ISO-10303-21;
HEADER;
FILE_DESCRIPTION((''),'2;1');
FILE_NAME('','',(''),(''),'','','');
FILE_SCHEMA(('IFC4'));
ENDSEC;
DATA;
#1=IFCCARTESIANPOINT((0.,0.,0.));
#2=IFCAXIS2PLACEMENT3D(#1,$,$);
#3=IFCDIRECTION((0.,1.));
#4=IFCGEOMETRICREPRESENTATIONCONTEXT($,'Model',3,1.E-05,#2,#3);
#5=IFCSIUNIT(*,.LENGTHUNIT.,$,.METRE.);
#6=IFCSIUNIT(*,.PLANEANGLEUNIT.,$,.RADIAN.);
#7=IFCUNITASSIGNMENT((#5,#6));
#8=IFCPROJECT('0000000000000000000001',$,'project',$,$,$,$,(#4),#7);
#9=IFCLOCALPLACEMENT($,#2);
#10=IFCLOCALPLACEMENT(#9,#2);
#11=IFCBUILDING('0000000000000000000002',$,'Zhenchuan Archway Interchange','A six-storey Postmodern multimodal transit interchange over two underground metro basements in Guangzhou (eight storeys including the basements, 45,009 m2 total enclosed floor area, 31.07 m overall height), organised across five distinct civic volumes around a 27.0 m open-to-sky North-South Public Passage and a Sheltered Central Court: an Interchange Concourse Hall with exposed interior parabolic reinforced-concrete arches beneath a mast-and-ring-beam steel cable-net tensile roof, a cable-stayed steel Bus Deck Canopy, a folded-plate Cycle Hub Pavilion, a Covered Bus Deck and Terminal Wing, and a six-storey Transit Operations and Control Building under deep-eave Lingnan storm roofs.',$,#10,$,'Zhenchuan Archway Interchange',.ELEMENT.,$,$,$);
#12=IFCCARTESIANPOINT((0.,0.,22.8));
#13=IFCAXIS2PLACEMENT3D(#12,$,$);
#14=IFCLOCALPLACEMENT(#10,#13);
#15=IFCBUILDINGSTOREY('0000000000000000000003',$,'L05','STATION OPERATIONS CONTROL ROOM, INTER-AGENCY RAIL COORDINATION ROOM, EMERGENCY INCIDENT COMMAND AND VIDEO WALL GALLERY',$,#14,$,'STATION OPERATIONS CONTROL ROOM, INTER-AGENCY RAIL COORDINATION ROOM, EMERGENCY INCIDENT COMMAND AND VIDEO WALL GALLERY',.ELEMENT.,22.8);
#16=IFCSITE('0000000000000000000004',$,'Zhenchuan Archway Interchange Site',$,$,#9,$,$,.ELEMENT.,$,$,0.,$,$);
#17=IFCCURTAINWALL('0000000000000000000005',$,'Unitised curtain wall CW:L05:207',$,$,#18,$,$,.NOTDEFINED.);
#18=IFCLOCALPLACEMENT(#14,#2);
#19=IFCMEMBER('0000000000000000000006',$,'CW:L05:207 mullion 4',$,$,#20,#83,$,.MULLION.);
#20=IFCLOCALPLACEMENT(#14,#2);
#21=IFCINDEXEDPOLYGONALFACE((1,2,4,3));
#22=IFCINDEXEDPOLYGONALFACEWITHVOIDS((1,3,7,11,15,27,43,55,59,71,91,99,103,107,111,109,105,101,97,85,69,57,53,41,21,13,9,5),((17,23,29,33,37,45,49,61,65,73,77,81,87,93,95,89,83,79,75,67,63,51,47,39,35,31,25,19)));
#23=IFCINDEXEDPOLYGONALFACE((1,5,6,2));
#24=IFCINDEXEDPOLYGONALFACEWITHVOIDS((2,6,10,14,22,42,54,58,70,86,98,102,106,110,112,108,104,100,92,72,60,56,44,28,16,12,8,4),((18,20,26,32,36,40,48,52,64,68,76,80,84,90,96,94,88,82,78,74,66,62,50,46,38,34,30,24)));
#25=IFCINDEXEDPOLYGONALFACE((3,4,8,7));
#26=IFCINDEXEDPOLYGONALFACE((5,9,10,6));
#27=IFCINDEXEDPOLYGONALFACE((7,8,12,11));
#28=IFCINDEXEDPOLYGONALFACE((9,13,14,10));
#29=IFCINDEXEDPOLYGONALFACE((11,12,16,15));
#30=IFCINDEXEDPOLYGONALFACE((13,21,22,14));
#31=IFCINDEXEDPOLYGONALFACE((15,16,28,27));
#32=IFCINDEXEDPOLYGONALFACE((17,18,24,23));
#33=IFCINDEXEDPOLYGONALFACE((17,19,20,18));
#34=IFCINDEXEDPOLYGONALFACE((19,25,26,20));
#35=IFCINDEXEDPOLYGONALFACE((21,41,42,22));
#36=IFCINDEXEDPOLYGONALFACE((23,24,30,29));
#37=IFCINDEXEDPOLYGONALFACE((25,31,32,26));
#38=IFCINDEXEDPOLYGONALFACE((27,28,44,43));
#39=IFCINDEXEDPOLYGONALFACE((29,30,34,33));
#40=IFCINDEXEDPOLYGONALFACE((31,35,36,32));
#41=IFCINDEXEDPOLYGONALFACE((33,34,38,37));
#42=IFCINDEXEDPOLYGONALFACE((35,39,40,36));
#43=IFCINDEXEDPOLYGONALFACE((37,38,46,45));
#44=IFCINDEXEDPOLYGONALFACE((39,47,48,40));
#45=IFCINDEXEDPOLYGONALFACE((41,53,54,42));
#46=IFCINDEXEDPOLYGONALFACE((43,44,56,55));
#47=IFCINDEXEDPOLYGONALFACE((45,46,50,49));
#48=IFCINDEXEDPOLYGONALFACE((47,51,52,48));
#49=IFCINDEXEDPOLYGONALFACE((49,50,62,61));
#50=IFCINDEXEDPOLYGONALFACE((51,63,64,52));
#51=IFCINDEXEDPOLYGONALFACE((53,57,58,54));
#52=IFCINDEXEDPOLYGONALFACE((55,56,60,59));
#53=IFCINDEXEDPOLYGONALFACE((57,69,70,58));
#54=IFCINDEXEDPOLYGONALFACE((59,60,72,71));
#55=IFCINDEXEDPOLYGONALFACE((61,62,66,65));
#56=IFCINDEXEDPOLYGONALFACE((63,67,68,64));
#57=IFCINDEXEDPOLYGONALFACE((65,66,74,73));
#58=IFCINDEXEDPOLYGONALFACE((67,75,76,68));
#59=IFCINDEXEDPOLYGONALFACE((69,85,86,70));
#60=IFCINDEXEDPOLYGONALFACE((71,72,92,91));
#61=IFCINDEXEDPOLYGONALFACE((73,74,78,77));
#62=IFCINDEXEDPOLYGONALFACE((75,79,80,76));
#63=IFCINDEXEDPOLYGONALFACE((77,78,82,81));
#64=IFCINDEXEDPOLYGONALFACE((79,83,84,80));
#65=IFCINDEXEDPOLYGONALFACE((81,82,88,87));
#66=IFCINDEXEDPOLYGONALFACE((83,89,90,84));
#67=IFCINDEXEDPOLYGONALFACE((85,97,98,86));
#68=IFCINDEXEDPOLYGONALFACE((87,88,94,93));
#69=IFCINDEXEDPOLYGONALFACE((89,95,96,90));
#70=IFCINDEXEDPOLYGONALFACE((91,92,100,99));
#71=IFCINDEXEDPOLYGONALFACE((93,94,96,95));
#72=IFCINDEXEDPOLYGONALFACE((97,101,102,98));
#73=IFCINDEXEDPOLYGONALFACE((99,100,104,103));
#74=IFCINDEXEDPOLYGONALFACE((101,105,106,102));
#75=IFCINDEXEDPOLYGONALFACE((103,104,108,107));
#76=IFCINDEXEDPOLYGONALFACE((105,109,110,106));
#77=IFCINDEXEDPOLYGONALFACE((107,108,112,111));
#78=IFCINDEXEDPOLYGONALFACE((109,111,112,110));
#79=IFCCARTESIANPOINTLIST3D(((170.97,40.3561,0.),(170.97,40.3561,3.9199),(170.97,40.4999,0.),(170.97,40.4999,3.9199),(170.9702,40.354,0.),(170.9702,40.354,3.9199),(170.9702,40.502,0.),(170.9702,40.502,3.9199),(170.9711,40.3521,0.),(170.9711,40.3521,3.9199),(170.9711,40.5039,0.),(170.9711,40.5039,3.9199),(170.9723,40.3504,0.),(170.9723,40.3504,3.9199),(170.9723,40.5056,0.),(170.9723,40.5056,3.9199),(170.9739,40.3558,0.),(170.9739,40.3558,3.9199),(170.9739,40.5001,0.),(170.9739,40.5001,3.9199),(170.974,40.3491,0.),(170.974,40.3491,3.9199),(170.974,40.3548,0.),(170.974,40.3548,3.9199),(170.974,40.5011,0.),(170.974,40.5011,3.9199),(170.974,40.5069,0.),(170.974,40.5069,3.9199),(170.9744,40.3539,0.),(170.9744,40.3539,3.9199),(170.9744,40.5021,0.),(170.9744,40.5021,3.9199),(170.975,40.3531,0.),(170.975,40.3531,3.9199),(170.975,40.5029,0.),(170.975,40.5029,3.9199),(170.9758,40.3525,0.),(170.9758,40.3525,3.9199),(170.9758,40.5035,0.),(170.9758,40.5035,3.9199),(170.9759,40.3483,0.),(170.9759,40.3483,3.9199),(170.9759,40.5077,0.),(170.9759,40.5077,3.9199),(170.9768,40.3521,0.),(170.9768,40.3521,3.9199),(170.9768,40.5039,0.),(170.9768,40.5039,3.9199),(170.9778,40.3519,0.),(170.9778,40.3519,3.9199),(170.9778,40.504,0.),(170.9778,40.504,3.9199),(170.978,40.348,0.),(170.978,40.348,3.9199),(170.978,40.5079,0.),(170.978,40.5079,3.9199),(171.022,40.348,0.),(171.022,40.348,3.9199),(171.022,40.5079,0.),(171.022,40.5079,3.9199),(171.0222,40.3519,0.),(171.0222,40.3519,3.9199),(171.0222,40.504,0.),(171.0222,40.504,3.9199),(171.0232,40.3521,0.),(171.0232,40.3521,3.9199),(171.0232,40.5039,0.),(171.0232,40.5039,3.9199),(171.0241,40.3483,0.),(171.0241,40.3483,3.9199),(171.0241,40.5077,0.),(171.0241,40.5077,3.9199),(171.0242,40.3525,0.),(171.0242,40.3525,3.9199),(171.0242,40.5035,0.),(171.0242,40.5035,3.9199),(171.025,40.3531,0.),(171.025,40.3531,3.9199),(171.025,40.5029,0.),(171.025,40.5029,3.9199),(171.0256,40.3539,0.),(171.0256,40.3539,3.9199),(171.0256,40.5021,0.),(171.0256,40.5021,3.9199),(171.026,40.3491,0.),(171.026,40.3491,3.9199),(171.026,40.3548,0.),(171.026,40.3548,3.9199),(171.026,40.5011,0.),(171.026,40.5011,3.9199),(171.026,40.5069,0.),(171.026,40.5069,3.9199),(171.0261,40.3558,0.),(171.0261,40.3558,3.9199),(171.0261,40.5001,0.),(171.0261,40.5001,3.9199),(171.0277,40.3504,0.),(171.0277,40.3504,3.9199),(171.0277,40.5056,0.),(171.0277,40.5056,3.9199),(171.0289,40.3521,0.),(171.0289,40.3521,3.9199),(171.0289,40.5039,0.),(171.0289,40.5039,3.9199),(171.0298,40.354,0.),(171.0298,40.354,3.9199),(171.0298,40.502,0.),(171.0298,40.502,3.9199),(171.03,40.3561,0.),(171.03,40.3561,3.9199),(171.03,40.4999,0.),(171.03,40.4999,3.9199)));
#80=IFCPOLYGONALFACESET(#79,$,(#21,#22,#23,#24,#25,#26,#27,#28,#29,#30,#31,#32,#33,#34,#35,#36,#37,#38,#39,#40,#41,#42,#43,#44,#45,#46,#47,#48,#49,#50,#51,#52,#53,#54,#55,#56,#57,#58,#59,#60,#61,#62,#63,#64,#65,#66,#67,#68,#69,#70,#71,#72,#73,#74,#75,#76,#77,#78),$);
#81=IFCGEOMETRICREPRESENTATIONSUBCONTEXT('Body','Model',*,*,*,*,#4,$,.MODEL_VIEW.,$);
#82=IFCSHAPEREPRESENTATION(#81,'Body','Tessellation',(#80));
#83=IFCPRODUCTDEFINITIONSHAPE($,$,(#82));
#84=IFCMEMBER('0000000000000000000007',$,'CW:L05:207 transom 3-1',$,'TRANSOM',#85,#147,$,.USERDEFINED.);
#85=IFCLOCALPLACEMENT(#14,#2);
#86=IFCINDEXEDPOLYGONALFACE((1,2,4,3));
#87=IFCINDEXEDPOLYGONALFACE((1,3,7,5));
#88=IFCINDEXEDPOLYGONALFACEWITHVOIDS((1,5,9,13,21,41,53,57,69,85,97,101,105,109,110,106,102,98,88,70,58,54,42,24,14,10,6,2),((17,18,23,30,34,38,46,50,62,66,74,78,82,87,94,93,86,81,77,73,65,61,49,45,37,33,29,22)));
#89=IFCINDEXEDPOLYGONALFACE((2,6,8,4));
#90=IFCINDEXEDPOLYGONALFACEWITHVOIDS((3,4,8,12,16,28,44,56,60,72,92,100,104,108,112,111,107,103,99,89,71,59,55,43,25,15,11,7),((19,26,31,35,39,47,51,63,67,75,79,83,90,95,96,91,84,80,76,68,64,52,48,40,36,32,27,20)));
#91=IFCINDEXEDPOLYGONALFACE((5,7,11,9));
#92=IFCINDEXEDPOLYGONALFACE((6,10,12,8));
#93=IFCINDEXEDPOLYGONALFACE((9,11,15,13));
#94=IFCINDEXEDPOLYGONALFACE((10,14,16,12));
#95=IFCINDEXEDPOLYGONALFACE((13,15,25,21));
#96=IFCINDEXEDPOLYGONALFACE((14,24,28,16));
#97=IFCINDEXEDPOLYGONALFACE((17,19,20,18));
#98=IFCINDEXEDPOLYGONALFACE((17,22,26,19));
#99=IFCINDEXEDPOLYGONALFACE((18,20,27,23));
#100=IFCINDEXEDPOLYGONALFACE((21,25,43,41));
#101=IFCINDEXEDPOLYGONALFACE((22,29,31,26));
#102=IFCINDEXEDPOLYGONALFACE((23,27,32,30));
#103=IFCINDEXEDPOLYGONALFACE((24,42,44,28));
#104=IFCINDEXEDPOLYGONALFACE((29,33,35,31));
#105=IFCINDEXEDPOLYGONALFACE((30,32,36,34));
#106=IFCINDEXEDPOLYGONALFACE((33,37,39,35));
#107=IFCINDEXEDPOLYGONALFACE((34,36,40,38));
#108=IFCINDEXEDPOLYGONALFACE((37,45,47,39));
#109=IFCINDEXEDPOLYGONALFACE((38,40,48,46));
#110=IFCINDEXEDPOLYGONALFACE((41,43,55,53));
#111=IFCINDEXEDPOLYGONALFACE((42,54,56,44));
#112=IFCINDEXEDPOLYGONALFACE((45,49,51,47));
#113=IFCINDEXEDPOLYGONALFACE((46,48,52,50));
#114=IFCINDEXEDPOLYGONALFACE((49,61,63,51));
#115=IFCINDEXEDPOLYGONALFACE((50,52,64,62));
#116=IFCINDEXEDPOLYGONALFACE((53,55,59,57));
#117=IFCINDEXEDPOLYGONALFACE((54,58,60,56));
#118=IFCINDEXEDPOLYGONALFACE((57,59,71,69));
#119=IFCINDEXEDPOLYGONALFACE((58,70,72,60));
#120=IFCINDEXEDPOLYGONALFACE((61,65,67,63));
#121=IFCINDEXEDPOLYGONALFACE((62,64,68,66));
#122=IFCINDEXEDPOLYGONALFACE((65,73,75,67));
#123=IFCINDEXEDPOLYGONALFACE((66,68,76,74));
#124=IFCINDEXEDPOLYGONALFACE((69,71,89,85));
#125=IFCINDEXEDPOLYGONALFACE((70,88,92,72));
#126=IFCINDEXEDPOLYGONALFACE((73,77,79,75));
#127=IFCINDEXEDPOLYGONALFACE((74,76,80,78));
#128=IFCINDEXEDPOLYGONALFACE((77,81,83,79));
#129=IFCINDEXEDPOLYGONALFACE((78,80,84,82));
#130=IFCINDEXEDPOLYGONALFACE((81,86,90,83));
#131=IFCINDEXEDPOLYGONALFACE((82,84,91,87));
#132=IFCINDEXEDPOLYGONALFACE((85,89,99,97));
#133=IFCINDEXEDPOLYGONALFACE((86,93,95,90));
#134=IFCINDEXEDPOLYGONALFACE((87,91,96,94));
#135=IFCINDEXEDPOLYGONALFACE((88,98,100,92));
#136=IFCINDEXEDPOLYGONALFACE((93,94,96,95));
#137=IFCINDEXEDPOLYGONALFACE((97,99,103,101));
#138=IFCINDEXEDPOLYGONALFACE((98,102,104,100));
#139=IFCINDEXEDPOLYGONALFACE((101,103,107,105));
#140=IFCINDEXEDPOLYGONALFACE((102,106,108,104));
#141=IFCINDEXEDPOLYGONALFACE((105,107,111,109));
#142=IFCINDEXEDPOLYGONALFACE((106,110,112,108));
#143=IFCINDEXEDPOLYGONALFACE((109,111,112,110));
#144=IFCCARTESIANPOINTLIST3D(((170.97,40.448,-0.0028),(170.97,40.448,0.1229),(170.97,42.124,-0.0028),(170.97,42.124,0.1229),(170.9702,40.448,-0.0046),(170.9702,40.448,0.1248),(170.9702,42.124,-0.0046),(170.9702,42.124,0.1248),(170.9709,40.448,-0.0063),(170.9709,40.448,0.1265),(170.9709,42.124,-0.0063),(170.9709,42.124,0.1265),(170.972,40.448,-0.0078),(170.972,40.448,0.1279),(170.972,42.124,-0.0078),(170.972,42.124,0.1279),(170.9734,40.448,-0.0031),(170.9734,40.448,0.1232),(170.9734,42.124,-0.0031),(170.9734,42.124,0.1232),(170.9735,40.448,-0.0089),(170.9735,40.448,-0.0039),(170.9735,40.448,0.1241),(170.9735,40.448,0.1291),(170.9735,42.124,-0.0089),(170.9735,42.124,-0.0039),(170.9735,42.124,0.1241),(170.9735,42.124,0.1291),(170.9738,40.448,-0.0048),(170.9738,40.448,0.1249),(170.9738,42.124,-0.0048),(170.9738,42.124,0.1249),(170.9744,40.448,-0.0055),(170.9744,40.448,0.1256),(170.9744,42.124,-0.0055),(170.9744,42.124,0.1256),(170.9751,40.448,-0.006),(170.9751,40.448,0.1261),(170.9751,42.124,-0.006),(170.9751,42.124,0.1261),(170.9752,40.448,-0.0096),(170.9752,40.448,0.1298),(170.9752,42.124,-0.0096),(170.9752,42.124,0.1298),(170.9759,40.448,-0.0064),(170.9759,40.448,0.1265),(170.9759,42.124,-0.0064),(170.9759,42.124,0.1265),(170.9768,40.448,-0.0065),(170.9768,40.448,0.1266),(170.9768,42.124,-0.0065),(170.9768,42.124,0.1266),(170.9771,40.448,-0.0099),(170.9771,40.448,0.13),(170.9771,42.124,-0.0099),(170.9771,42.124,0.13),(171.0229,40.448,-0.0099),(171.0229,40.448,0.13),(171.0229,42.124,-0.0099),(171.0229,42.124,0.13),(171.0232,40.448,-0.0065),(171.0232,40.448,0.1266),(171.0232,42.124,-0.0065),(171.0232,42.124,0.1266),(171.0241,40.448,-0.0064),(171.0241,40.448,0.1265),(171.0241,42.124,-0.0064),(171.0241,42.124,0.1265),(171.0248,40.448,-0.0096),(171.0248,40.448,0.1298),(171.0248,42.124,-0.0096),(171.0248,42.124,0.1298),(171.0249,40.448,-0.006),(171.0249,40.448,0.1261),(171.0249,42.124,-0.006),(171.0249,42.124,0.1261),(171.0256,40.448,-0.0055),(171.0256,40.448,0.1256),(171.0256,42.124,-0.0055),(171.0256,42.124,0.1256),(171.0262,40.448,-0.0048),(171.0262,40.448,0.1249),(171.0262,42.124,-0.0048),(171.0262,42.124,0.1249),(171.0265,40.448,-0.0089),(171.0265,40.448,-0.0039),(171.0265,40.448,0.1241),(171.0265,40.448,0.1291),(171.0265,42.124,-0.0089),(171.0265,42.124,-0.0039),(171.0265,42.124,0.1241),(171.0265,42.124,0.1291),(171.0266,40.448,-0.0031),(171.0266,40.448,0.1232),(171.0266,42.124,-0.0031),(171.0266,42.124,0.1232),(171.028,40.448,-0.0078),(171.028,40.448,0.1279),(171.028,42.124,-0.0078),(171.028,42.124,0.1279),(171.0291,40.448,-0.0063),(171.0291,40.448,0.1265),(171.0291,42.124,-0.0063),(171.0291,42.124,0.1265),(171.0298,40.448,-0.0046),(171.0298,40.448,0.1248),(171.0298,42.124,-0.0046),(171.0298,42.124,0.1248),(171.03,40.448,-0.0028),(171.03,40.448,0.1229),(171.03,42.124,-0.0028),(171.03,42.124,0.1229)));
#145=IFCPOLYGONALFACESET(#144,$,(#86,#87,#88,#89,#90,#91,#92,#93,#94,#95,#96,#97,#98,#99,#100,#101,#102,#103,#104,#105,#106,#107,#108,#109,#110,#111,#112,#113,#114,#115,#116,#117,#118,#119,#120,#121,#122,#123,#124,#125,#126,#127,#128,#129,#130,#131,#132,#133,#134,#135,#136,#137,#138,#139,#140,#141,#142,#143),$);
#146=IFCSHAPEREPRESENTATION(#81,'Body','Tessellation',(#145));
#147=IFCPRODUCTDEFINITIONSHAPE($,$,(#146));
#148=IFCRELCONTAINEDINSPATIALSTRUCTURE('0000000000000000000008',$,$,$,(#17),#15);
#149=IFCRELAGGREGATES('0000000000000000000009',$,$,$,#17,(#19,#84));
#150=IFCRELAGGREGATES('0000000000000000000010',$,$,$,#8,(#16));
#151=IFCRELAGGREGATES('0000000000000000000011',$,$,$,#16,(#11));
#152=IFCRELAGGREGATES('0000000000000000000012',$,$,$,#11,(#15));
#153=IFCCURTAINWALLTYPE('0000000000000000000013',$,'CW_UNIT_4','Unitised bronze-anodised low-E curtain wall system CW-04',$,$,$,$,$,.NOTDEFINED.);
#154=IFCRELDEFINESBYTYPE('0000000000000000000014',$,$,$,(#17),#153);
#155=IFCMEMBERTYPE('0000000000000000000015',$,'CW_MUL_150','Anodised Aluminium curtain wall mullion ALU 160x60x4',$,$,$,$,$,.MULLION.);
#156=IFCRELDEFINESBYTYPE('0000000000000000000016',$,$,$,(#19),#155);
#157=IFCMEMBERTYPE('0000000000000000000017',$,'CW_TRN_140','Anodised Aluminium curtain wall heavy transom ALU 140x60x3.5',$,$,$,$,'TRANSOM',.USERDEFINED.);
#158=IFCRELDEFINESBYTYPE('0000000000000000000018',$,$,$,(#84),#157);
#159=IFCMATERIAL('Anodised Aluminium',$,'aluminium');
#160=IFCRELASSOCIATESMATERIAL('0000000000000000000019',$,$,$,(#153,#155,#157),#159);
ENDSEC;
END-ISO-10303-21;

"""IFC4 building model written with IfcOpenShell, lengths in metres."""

from ifc_helpers import new_model, si_unit, direction, frame, origin, origin_2d, place, context, subcontext, project, spatial, hollow_rectangle, extrude, material, material_profile, profile_set, type_object, element, aggregate, save


model = new_model("IFC4")

# Units and contexts
model_context = context("Model", 3, precision=1e-05, world=origin(), true_north=direction((0.0, 1.0)))
body_context = subcontext(model_context, "Body", "Model", "MODEL_VIEW")
ifc_project = project(units=[si_unit("LENGTHUNIT", "METRE"), si_unit("PLANEANGLEUNIT", "RADIAN")], contexts=[model_context])

# Site, building, storey
site_placement = place(None, origin())
site = spatial("IfcSite", under=ifc_project, at=site_placement, Name="Zhenchuan Archway Interchange Site", CompositionType="ELEMENT", RefElevation=0.0)
building_placement = place(site_placement, origin())
building = spatial("IfcBuilding", under=site, at=building_placement, Name="Zhenchuan Archway Interchange", Description="A six-storey Postmodern multimodal transit interchange over two underground metro basements in Guangzhou (eight storeys including the basements, 45,009 m2 total enclosed floor area, 31.07 m overall height), organised across five distinct civic volumes around a 27.0 m open-to-sky North-South Public Passage and a Sheltered Central Court: an Interchange Concourse Hall with exposed interior parabolic reinforced-concrete arches beneath a mast-and-ring-beam steel cable-net tensile roof, a cable-stayed steel Bus Deck Canopy, a folded-plate Cycle Hub Pavilion, a Covered Bus Deck and Terminal Wing, and a six-storey Transit Operations and Control Building under deep-eave Lingnan storm roofs.", LongName="Zhenchuan Archway Interchange", CompositionType="ELEMENT")
storey_placement = place(building_placement, frame((0.0, 0.0, 22.8)))
storey = spatial("IfcBuildingStorey", under=building, at=storey_placement, Name="L05", Description="STATION OPERATIONS CONTROL ROOM, INTER-AGENCY RAIL COORDINATION ROOM, EMERGENCY INCIDENT COMMAND AND VIDEO WALL GALLERY", LongName="STATION OPERATIONS CONTROL ROOM, INTER-AGENCY RAIL COORDINATION ROOM, EMERGENCY INCIDENT COMMAND AND VIDEO WALL GALLERY", CompositionType="ELEMENT", Elevation=22.8)

# Curtain wall, members
ifc_material_1 = material(Name="Anodised Aluminium", Category="aluminium")
curtain_wall_type = type_object("IfcCurtainWallType", Name="CW_UNIT_4", Description="Unitised bronze-anodised low-E curtain wall system CW-04", PredefinedType="NOTDEFINED", material=ifc_material_1)
curtain_wall_placement = place(storey_placement, origin())
curtain_wall = element("IfcCurtainWall", 1, at=curtain_wall_placement, inside=storey, type_object=curtain_wall_type, Name="Unitised curtain wall CW:L05:207", PredefinedType="NOTDEFINED")
ifc_material_profile_1 = material_profile(ifc_material_1, hollow_rectangle(XDim=0.0601, YDim=0.1599, WallThickness=0.0039, InnerFilletRadius=0.0039, OuterFilletRadius=0.0081, at=origin_2d()), Name="ALU 160x60x4")
ifc_profile_set_1 = profile_set([ifc_material_profile_1], Name="Anodised Aluminium")
member_type_1 = type_object("IfcMemberType", Name="CW_MUL_150", Description="Anodised Aluminium curtain wall mullion ALU 160x60x4", PredefinedType="MULLION", material=ifc_profile_set_1)
member_1_placement = place(storey_placement, frame((171.0, 40.428, 0.0), z_axis=(0.0, 0.0, 1.0), x_axis=(1.0, 0.0, 0.0)))
member_1 = element("IfcMember", 2, at=member_1_placement, type_object=member_type_1, Name="CW:L05:207 mullion 4", PredefinedType="MULLION", context=body_context, shape_type="SweptSolid", body=[
    extrude(hollow_rectangle(XDim=0.0601, YDim=0.1599, WallThickness=0.0039, InnerFilletRadius=0.0039, OuterFilletRadius=0.0081, at=origin_2d()), origin(), (0.0, 0.0, 1.0), 3.9199),
])
ifc_material_profile_2 = material_profile(ifc_material_1, hollow_rectangle(XDim=0.0601, YDim=0.1399, WallThickness=0.0034, InnerFilletRadius=0.0034, OuterFilletRadius=0.0071, at=origin_2d()), Name="ALU 140x60x3.5")
ifc_profile_set_2 = profile_set([ifc_material_profile_2], Name="Anodised Aluminium")
member_type_2 = type_object("IfcMemberType", Name="CW_TRN_140", Description="Anodised Aluminium curtain wall heavy transom ALU 140x60x3.5", ElementType="TRANSOM", PredefinedType="USERDEFINED", material=ifc_profile_set_2)
member_2_placement = place(storey_placement, frame((171.0, 42.124, 0.0601), z_axis=(0.0, -1.0, 0.0), x_axis=(1.0, 0.0, 0.0)))
member_2 = element("IfcMember", 3, at=member_2_placement, type_object=member_type_2, Name="CW:L05:207 transom 3-1", ObjectType="TRANSOM", PredefinedType="USERDEFINED", context=body_context, shape_type="SweptSolid", body=[
    extrude(hollow_rectangle(XDim=0.0601, YDim=0.1399, WallThickness=0.0034, InnerFilletRadius=0.0034, OuterFilletRadius=0.0071, at=origin_2d()), origin(), (0.0, 0.0, 1.0), 1.676),
])

aggregate(curtain_wall, [member_1, member_2])

save(model, "model.ifc")
